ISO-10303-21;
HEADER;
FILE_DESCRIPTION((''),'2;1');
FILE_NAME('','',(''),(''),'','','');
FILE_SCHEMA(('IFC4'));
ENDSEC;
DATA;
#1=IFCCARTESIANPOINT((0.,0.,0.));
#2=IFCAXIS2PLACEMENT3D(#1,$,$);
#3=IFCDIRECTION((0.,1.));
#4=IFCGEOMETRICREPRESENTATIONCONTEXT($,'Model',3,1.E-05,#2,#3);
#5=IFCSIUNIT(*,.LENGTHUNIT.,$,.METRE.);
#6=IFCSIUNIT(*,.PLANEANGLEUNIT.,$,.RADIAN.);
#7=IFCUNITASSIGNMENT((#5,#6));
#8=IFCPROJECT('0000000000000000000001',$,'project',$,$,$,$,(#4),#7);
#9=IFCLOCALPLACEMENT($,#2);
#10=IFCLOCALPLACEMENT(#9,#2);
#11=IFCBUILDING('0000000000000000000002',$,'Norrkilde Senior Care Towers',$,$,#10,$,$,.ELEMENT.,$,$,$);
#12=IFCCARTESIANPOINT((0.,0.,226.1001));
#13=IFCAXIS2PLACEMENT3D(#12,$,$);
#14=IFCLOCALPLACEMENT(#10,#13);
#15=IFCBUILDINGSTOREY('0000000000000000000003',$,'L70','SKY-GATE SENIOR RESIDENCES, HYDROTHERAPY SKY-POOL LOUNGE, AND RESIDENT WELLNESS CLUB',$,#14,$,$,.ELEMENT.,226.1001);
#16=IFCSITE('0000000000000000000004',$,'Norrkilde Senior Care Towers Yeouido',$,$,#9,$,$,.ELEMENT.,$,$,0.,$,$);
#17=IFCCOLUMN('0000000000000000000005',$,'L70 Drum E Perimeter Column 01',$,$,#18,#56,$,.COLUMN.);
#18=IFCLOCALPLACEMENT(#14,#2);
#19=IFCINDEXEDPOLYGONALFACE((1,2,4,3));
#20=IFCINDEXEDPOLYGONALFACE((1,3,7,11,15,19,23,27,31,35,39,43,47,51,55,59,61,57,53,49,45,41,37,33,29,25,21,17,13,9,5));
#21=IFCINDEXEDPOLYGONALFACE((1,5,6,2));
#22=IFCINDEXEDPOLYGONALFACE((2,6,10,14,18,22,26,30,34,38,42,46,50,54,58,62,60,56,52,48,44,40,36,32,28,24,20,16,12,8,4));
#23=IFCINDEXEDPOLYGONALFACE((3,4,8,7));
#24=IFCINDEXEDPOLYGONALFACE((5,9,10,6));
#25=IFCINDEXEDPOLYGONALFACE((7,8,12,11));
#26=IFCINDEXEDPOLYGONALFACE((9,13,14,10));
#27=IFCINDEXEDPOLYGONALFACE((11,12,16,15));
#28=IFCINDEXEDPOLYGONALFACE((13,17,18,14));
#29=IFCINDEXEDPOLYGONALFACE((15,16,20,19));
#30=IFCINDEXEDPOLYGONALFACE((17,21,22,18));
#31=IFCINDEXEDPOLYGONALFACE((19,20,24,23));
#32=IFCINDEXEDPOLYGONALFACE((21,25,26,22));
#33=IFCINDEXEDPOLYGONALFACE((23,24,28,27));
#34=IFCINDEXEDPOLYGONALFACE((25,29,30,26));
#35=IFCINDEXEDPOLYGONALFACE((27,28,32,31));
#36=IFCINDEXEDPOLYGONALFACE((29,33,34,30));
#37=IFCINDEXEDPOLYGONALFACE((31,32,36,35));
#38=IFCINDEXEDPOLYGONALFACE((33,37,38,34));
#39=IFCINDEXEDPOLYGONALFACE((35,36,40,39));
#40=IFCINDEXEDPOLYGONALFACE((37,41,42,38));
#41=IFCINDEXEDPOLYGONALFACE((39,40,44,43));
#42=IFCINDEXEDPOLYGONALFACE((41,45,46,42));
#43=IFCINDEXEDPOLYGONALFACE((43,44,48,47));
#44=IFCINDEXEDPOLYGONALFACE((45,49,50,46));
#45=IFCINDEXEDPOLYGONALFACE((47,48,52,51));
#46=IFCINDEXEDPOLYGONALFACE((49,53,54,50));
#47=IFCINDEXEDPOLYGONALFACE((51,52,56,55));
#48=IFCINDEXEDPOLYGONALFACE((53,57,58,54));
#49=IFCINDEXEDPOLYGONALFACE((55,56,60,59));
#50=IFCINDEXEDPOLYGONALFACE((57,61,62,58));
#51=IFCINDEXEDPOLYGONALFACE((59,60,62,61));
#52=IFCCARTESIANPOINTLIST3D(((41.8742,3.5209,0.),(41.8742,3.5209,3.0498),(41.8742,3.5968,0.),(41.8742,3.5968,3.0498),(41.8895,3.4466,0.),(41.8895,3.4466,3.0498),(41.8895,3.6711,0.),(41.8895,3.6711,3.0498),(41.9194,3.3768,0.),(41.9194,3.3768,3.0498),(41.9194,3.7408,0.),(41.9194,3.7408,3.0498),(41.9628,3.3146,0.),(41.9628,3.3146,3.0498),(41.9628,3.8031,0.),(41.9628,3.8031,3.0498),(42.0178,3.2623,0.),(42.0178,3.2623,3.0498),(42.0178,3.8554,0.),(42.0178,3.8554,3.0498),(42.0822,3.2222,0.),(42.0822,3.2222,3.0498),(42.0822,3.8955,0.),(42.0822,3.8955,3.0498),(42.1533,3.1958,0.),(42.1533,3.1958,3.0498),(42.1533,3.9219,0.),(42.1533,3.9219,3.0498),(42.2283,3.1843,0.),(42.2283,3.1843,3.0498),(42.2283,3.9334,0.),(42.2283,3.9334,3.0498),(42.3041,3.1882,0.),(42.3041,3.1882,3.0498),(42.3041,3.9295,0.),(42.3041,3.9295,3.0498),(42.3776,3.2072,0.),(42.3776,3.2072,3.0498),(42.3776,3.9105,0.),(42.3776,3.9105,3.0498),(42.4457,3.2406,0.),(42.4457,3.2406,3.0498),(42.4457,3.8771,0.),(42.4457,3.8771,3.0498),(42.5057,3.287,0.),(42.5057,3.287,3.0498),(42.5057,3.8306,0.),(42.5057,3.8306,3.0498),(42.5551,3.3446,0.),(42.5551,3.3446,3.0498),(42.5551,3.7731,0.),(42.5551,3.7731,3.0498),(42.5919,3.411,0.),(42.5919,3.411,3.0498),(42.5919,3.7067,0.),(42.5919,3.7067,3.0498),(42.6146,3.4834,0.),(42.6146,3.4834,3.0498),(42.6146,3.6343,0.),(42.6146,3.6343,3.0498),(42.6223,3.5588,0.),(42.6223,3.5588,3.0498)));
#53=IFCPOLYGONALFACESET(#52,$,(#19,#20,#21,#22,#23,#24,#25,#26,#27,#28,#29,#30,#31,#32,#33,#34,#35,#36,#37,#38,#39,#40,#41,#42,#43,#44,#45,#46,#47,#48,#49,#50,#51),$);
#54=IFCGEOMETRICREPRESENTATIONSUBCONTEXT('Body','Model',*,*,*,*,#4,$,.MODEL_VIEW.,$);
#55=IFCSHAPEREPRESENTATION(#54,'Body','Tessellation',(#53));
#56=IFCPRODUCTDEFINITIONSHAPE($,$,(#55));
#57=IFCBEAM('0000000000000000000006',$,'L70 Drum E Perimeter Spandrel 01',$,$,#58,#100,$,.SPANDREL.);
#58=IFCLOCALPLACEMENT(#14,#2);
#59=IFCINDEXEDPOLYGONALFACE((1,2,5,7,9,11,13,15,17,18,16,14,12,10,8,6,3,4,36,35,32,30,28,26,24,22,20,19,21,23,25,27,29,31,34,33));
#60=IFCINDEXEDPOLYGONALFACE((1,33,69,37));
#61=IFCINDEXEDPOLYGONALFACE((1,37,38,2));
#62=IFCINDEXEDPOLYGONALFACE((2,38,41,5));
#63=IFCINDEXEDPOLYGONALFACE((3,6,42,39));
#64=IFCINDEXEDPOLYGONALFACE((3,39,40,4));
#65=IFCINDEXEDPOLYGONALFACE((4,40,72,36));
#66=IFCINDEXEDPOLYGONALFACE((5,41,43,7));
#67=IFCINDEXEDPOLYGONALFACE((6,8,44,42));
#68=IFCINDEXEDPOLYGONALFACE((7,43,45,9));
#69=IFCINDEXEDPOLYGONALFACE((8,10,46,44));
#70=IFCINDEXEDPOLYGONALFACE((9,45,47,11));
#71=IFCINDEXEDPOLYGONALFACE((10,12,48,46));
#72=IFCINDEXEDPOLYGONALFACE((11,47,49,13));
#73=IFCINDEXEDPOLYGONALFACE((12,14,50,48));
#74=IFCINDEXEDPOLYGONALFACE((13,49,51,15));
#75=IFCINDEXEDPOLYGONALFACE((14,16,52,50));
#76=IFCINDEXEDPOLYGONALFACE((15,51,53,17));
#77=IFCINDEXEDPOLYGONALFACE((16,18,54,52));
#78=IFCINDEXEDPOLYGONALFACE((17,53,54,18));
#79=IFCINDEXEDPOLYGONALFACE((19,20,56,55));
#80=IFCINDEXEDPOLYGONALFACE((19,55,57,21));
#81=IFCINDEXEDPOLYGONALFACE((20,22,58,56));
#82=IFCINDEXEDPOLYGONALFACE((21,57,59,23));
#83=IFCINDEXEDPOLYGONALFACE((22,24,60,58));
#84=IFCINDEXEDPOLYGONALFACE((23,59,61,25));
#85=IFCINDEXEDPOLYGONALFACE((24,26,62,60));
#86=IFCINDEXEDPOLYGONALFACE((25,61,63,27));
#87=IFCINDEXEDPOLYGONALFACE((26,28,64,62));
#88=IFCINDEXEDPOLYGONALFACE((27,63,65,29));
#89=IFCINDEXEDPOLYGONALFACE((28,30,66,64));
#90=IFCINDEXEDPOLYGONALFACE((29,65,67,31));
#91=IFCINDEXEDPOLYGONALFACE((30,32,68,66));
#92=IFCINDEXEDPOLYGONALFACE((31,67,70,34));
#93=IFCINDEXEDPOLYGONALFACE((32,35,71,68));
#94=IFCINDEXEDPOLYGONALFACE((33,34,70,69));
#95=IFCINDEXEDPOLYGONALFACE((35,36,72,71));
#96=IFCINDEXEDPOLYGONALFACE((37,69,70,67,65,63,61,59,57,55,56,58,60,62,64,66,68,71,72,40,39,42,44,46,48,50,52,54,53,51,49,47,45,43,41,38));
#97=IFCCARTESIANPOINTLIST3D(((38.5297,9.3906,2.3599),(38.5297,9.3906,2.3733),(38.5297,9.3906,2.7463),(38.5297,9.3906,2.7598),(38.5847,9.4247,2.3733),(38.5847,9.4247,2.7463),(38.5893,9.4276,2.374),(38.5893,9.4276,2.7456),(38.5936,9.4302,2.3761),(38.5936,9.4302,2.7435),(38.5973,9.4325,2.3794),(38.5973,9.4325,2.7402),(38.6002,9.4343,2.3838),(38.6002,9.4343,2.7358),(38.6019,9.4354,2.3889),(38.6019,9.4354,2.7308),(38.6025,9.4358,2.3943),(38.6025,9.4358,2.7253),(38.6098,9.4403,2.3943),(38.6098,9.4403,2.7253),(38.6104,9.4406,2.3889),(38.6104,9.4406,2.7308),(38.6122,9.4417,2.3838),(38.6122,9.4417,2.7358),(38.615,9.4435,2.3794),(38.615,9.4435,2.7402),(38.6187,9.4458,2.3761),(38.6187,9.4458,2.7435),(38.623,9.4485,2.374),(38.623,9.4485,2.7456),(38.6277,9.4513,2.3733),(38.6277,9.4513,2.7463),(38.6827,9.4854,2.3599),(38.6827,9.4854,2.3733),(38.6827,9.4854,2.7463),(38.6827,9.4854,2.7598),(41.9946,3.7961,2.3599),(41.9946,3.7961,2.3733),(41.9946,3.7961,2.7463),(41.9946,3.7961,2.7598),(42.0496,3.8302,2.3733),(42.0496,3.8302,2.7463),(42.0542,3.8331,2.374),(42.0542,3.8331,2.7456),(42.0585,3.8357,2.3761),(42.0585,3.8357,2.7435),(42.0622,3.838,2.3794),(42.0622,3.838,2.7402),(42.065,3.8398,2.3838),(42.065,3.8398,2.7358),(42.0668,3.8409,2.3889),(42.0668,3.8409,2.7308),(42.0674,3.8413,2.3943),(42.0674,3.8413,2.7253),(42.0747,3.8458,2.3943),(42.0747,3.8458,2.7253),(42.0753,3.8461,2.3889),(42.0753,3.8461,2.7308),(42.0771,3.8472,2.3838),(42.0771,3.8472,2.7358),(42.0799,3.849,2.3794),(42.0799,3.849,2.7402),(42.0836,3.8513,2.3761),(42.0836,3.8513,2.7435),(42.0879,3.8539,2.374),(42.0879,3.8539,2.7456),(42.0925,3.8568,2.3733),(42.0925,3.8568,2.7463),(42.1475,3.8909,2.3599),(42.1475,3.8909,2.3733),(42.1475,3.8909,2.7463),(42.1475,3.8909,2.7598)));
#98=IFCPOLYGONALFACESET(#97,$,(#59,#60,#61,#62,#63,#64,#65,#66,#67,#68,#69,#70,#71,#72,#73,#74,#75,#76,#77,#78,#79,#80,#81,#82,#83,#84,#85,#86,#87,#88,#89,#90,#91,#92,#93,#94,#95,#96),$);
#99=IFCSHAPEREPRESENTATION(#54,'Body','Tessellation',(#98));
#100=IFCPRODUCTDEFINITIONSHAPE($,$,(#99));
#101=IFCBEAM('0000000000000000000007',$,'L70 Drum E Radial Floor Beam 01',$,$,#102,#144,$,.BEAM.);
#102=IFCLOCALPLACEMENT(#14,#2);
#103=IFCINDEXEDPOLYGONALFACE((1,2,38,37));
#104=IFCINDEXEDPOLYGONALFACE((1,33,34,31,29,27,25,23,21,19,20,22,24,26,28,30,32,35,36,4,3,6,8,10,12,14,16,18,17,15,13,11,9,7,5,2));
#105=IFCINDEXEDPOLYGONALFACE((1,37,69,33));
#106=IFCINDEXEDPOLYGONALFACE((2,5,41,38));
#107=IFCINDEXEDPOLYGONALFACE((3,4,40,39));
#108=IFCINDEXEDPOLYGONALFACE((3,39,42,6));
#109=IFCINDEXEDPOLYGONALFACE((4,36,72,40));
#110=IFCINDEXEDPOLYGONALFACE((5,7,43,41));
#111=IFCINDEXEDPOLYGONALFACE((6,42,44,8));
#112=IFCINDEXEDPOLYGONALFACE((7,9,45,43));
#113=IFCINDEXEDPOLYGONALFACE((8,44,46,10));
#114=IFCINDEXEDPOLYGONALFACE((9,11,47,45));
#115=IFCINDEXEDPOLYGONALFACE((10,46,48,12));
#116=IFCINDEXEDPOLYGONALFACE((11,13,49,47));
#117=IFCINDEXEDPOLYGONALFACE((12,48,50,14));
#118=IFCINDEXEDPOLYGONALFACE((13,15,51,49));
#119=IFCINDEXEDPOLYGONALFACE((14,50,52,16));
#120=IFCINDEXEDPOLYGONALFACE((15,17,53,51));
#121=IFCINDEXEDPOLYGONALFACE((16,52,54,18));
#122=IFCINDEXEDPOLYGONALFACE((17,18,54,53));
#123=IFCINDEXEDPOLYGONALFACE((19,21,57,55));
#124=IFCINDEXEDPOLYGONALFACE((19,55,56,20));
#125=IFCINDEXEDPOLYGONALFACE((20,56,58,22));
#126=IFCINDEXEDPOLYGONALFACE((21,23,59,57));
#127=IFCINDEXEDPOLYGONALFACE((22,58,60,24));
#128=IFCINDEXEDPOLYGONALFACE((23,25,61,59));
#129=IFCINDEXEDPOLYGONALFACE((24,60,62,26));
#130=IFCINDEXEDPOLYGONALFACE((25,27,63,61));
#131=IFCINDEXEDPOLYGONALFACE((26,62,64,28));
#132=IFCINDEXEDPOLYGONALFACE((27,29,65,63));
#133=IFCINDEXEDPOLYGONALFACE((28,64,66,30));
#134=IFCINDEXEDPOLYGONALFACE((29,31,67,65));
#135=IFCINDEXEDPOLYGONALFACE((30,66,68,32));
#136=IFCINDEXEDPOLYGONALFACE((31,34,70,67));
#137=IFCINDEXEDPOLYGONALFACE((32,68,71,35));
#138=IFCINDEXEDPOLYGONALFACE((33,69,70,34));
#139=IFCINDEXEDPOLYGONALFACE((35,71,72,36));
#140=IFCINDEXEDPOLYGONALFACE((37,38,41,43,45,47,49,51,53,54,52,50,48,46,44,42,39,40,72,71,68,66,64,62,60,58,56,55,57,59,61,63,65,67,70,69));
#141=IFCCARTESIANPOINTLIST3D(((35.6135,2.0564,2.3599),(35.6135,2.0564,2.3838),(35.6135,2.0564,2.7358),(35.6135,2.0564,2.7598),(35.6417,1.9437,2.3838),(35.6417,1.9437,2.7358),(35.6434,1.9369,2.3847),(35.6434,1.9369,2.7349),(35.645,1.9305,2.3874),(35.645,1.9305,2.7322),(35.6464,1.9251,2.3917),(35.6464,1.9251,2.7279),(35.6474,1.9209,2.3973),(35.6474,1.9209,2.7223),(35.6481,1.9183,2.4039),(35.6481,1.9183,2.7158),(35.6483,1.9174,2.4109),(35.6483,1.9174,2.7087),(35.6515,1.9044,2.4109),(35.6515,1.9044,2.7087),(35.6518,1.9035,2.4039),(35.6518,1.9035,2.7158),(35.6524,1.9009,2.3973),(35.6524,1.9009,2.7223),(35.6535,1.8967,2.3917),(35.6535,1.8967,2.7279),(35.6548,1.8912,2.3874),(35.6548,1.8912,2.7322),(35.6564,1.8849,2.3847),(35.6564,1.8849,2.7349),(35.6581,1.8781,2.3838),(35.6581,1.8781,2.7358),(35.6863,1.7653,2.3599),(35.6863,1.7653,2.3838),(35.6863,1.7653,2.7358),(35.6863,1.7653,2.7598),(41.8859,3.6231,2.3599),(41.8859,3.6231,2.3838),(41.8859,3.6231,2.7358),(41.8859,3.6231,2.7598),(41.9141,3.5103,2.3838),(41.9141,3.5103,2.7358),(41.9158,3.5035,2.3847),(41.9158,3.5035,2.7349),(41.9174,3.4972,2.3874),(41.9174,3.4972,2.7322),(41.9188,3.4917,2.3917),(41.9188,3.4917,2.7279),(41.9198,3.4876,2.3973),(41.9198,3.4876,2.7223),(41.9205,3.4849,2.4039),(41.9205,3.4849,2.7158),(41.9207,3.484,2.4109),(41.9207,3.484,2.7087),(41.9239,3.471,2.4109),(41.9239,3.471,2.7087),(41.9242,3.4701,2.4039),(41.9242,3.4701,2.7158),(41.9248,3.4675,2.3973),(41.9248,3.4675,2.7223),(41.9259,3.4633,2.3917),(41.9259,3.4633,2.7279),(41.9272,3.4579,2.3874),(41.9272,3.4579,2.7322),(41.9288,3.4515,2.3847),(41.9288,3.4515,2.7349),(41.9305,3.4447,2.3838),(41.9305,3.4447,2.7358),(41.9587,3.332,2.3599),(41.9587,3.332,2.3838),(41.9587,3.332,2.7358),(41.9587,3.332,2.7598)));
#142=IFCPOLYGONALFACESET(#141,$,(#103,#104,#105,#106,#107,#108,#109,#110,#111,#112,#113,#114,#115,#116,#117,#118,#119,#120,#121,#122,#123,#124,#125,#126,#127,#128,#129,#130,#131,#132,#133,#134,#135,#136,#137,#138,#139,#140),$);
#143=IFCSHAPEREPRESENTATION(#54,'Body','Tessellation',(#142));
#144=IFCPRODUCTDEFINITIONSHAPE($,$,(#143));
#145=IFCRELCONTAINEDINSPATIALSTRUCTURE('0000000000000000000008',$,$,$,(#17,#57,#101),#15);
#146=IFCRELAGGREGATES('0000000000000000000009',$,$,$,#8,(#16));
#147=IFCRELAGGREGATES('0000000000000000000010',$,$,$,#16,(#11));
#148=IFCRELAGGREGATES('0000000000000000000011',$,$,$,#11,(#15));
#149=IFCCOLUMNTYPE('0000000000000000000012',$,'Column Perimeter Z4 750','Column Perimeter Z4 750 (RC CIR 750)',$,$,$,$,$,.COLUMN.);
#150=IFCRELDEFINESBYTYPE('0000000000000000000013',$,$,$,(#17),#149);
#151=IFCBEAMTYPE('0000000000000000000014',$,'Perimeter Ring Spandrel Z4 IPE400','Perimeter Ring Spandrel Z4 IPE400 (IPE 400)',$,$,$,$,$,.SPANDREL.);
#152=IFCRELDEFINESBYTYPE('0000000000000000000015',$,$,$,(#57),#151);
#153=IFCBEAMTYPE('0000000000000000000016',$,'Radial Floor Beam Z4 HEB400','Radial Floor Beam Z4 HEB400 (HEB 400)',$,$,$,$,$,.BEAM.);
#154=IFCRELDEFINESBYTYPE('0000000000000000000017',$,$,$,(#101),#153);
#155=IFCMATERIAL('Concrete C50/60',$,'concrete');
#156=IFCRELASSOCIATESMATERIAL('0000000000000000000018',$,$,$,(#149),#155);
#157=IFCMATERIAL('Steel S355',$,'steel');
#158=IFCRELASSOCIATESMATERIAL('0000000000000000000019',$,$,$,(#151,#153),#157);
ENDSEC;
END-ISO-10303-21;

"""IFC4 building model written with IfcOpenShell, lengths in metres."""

from ifc_helpers import new_model, si_unit, direction, frame, origin, origin_2d, place, context, subcontext, project, spatial, circle, i_section, extrude, source, transform, mapped, material, material_profile, profile_set, type_object, type_shapes, element, save


model = new_model("IFC4")

# Units and contexts
model_context = context("Model", 3, precision=1e-05, world=origin(), true_north=direction((0.0, 1.0)))
body_context = subcontext(model_context, "Body", "Model", "MODEL_VIEW")
ifc_project = project(units=[si_unit("LENGTHUNIT", "METRE"), si_unit("PLANEANGLEUNIT", "RADIAN")], contexts=[model_context])

# Site, building, storey
site_placement = place(None, origin())
site = spatial("IfcSite", under=ifc_project, at=site_placement, Name="Norrkilde Senior Care Towers Yeouido", CompositionType="ELEMENT", RefElevation=0.0)
building_placement = place(site_placement, origin())
building = spatial("IfcBuilding", under=site, at=building_placement, Name="Norrkilde Senior Care Towers", CompositionType="ELEMENT")
storey_placement = place(building_placement, frame((0.0, 0.0, 226.1001)))
storey = spatial("IfcBuildingStorey", under=building, at=storey_placement, Name="L70", Description="SKY-GATE SENIOR RESIDENCES, HYDROTHERAPY SKY-POOL LOUNGE, AND RESIDENT WELLNESS CLUB", CompositionType="ELEMENT", Elevation=226.1001)

# Column
ifc_material_1 = material(Name="Concrete C50/60", Category="concrete")
ifc_material_profile_1 = material_profile(ifc_material_1, circle(Radius=0.375, at=origin_2d()), Name="RC CIR 750")
ifc_profile_set_1 = profile_set([ifc_material_profile_1], Name="Concrete C50/60")
column_type = type_object("IfcColumnType", Name="Column Perimeter Z4 750", Description="Column Perimeter Z4 750 (RC CIR 750)", PredefinedType="COLUMN", material=ifc_profile_set_1)
shared_shape_1 = source(origin(), body_context, "Body", "SweptSolid", [
    extrude(circle(Radius=0.375, at=origin_2d()), origin(), (0.0, 0.0, 1.0), 3.0498),
])
type_shapes(column_type, [shared_shape_1])
column_placement = place(storey_placement, frame((42.2473, 3.5588, 0.0), z_axis=(0.0, 0.0, 1.0), x_axis=(1.0, 0.0, 0.0)))
element("IfcColumn", 1, at=column_placement, inside=storey, type_object=column_type, Name="L70 Drum E Perimeter Column 01", PredefinedType="COLUMN", context=body_context, shape_type="MappedRepresentation", body=[
    mapped(shared_shape_1, transform((0.0, 0.0, 0.0), x_axis=(1.0, 0.0, 0.0), y_axis=(0.0, 1.0, 0.0), z_axis=(0.0, 0.0, 1.0), scale=1.0)),
])

# Beams
ifc_material_2 = material(Name="Steel S355", Category="steel")
ifc_material_profile_2 = material_profile(ifc_material_2, i_section(OverallWidth=0.1799, OverallDepth=0.3999, WebThickness=0.0085, FlangeThickness=0.0134, FilletRadius=0.021, at=origin_2d()), Name="IPE 400")
ifc_profile_set_2 = profile_set([ifc_material_profile_2], Name="Steel S355")
beam_type_1 = type_object("IfcBeamType", Name="Perimeter Ring Spandrel Z4 IPE400", Description="Perimeter Ring Spandrel Z4 IPE400 (IPE 400)", PredefinedType="SPANDREL", material=ifc_profile_set_2)
shared_shape_2 = source(origin(), body_context, "Body", "SweptSolid", [
    extrude(i_section(OverallWidth=0.1799, OverallDepth=0.3999, WebThickness=0.0085, FlangeThickness=0.0134, FilletRadius=0.021, at=origin_2d()), origin(), (0.0, 0.0, 1.0), 6.5806),
])
type_shapes(beam_type_1, [shared_shape_2])
beam_1_placement = place(storey_placement, frame((42.071, 3.8435, 2.5598), z_axis=(-0.52653, 0.850157, 0.0), x_axis=(-0.850157, -0.52653, 0.0)))
element("IfcBeam", 2, at=beam_1_placement, inside=storey, type_object=beam_type_1, Name="L70 Drum E Perimeter Spandrel 01", PredefinedType="SPANDREL", context=body_context, shape_type="MappedRepresentation", body=[
    mapped(shared_shape_2, transform((0.0, 0.0, 0.0), x_axis=(1.0, 0.0, 0.0), y_axis=(0.0, 1.0, 0.0), z_axis=(0.0, 0.0, 1.0), scale=1.0)),
])
ifc_material_profile_3 = material_profile(ifc_material_2, i_section(OverallWidth=0.3, OverallDepth=0.3999, WebThickness=0.0134, FlangeThickness=0.0239, FilletRadius=0.0271, at=origin_2d()), Name="HEB 400")
ifc_profile_set_3 = profile_set([ifc_material_profile_3], Name="Steel S355")
beam_type_2 = type_object("IfcBeamType", Name="Radial Floor Beam Z4 HEB400", Description="Radial Floor Beam Z4 HEB400 (HEB 400)", PredefinedType="BEAM", material=ifc_profile_set_3)
shared_shape_3 = source(origin(), body_context, "Body", "SweptSolid", [
    extrude(i_section(OverallWidth=0.3, OverallDepth=0.3999, WebThickness=0.0134, FlangeThickness=0.0239, FilletRadius=0.0271, at=origin_2d()), origin(), (0.0, 0.0, 1.0), 6.4651),
])
type_shapes(beam_type_2, [shared_shape_3])
beam_2_placement = place(storey_placement, frame((35.6499, 1.9109, 2.5598), z_axis=(0.970196, 0.242322, 0.0), x_axis=(-0.242322, 0.970196, 0.0)))
element("IfcBeam", 3, at=beam_2_placement, inside=storey, type_object=beam_type_2, Name="L70 Drum E Radial Floor Beam 01", PredefinedType="BEAM", context=body_context, shape_type="MappedRepresentation", body=[
    mapped(shared_shape_3, transform((0.0, 0.0, 0.0), x_axis=(1.0, 0.0, 0.0), y_axis=(0.0, 1.0, 0.0), z_axis=(0.0, 0.0, 1.0), scale=1.0)),
])

save(model, "model.ifc")
